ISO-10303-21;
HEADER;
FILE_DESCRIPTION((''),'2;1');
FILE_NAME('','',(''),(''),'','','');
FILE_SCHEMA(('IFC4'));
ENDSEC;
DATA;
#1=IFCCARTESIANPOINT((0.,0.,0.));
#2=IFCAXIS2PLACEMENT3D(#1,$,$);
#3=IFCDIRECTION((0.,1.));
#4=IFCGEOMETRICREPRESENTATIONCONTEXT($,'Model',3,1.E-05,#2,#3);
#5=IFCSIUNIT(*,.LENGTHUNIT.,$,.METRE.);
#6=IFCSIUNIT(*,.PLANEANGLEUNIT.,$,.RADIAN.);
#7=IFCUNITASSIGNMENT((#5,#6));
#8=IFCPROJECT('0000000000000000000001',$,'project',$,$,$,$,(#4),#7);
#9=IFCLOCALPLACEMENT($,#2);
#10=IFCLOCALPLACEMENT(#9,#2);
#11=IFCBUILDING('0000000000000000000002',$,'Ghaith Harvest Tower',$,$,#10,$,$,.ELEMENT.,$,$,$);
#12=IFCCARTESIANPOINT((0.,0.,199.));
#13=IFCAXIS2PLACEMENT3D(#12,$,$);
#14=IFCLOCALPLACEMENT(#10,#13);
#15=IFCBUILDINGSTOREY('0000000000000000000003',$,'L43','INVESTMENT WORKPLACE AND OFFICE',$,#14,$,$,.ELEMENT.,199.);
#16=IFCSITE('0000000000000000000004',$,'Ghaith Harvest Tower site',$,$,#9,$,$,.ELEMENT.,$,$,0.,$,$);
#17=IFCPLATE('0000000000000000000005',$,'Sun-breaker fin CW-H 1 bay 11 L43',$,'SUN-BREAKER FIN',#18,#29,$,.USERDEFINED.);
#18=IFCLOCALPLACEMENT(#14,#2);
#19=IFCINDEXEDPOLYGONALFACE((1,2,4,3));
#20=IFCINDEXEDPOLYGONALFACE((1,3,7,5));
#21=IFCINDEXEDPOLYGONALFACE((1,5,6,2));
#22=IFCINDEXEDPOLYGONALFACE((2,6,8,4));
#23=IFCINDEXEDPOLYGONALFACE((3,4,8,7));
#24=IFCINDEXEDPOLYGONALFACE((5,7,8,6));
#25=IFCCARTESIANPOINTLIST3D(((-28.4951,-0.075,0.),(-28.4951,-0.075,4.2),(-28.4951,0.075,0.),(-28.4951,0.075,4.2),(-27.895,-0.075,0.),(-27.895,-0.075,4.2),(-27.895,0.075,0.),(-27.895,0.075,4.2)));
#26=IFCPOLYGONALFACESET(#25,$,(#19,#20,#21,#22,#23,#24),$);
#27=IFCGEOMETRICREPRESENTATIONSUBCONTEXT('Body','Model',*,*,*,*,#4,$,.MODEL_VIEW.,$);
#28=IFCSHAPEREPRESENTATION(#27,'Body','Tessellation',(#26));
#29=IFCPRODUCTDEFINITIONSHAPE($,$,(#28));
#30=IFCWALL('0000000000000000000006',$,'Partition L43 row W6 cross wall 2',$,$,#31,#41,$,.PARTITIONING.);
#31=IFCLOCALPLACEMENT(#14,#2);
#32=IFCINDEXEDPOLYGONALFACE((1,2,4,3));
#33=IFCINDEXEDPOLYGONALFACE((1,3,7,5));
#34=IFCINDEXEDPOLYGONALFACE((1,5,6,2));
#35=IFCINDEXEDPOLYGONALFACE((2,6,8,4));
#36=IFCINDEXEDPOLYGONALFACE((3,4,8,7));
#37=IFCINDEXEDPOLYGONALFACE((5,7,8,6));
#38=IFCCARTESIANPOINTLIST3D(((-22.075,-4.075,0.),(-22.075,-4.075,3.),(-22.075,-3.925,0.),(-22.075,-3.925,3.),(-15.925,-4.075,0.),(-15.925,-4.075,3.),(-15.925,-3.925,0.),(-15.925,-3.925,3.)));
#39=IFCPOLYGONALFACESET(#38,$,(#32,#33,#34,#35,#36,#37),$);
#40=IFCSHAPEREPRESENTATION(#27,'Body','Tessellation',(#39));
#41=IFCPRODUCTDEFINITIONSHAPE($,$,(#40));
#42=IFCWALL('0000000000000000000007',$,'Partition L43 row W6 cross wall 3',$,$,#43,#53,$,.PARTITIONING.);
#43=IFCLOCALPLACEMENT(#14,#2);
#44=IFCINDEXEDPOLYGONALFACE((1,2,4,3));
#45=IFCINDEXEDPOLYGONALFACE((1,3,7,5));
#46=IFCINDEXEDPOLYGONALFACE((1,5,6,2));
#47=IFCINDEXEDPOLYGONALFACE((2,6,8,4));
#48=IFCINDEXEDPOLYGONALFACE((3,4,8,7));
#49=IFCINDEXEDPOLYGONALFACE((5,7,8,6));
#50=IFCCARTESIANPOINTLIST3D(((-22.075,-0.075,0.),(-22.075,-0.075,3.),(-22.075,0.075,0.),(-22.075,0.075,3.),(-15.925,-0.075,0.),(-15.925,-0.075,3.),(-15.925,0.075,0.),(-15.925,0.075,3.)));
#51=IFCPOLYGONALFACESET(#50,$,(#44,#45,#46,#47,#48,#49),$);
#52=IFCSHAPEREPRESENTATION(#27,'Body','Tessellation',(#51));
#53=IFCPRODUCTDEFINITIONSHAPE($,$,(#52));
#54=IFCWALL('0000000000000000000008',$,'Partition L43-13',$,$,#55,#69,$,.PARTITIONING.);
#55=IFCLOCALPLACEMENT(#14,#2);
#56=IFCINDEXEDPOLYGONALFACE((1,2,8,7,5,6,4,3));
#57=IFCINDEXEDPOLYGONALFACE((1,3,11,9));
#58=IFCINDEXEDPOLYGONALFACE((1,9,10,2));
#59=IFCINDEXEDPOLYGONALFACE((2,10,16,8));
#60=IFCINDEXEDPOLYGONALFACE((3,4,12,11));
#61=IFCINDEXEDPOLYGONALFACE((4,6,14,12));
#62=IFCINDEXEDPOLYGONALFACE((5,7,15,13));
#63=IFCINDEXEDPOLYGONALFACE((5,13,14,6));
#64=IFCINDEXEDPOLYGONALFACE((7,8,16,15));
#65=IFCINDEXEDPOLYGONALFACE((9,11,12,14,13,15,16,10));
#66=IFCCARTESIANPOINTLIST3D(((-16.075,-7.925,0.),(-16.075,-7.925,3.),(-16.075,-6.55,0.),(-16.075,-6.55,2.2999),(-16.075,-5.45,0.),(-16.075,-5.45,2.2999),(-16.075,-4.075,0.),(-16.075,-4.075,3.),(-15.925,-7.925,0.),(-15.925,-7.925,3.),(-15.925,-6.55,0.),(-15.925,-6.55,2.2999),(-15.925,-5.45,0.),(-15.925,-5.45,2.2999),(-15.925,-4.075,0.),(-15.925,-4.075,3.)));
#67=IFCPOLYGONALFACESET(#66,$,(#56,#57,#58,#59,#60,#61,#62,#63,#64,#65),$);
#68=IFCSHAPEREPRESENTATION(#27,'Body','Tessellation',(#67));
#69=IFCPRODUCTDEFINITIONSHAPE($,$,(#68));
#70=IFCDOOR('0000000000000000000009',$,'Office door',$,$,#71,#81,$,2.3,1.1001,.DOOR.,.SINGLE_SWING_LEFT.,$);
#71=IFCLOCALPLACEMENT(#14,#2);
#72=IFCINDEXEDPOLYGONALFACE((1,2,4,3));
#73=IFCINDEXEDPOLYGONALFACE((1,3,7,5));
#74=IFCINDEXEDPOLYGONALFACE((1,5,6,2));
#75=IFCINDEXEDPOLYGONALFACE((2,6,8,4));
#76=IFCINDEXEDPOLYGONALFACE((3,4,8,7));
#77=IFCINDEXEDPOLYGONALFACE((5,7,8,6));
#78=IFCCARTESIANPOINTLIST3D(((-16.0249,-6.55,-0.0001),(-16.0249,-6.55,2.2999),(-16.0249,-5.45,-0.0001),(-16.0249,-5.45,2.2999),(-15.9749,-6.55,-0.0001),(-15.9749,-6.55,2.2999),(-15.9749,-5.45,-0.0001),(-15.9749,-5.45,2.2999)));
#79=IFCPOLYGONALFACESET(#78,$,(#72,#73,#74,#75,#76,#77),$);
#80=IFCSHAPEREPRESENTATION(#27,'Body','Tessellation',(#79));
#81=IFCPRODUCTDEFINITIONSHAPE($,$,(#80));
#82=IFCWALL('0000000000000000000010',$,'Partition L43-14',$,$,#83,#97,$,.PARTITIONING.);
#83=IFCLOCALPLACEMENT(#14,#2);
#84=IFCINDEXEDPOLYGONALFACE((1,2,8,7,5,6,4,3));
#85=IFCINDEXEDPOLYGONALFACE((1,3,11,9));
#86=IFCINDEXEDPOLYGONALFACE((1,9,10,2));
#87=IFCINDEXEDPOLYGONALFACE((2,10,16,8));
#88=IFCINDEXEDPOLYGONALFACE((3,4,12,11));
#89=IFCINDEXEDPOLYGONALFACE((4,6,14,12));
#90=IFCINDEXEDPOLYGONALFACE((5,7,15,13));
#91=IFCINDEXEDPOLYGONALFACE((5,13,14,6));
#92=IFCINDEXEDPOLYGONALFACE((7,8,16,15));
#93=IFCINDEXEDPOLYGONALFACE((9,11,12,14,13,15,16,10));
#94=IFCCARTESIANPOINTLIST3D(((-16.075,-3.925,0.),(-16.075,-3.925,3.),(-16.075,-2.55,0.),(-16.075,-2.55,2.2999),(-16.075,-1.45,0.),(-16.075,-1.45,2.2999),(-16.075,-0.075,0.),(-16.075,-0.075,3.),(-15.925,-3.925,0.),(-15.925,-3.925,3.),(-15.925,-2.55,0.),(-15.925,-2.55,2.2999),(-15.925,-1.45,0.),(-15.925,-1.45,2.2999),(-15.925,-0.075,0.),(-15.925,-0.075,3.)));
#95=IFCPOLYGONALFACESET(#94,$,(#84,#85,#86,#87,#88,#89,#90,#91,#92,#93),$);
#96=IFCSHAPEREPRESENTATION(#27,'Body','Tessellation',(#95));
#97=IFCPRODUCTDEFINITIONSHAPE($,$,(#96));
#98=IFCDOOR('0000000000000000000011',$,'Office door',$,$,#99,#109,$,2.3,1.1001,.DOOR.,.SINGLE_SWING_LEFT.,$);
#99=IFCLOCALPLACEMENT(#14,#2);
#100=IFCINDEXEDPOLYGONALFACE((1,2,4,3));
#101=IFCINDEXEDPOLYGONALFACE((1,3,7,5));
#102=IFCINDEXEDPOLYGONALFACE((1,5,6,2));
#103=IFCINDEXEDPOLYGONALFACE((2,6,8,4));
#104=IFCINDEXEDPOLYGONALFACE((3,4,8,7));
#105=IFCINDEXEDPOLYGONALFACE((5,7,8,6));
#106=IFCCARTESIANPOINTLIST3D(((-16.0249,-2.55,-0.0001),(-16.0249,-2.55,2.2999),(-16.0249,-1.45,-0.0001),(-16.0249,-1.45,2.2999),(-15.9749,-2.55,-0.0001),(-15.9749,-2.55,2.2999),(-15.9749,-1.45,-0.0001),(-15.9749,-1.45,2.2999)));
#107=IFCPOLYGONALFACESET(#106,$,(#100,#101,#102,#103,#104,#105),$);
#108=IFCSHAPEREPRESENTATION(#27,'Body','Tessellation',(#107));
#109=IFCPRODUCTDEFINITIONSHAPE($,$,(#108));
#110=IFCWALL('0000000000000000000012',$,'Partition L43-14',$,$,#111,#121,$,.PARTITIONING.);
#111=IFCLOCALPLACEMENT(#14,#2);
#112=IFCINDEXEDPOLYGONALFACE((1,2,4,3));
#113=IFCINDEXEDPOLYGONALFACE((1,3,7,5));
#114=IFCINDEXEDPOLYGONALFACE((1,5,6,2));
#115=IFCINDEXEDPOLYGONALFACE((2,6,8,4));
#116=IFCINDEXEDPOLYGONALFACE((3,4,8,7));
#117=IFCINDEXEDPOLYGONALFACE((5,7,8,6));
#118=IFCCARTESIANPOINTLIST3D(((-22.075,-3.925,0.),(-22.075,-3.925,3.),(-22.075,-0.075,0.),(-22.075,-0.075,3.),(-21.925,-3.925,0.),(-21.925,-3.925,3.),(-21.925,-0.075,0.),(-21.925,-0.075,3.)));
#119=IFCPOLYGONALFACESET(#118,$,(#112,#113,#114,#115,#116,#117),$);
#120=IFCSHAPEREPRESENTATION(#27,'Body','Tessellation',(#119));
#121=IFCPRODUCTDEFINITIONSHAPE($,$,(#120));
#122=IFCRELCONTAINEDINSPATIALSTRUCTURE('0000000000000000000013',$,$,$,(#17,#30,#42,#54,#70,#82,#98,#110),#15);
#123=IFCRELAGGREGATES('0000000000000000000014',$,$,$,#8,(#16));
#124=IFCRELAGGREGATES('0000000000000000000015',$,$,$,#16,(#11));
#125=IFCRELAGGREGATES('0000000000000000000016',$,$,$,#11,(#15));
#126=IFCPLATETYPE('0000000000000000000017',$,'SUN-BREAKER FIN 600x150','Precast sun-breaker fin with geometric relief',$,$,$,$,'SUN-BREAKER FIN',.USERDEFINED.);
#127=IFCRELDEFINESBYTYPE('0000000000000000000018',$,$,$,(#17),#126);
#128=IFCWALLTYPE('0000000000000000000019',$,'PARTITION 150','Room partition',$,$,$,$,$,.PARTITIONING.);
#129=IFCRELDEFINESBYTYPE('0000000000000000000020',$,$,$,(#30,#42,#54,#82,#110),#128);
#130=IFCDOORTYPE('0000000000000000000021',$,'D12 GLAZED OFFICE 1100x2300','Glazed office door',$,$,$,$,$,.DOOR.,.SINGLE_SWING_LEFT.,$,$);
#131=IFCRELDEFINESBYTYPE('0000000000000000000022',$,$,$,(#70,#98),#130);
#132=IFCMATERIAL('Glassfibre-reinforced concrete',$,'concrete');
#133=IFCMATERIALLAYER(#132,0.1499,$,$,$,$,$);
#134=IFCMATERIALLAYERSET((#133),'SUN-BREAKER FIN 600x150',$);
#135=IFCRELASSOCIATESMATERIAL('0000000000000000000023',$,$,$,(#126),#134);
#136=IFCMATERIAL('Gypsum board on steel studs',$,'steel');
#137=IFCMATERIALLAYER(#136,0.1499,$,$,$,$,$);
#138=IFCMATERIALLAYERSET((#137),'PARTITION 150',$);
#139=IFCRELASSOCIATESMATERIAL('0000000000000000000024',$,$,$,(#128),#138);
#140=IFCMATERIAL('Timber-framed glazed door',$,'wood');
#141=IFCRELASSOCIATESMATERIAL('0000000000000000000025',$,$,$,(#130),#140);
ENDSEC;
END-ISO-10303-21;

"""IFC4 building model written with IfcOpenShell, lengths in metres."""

from ifc_helpers import new_model, si_unit, direction, frame, frame_2d, origin, origin_2d, place, context, subcontext, project, spatial, rectangle, extrude, material, layer, layer_set, type_object, element, fill, save


model = new_model("IFC4")

# Units and contexts
model_context = context("Model", 3, precision=1e-05, world=origin(), true_north=direction((0.0, 1.0)))
body_context = subcontext(model_context, "Body", "Model", "MODEL_VIEW")
ifc_project = project(units=[si_unit("LENGTHUNIT", "METRE"), si_unit("PLANEANGLEUNIT", "RADIAN")], contexts=[model_context])

# Site, building, storey
site_placement = place(None, origin())
site = spatial("IfcSite", under=ifc_project, at=site_placement, Name="Ghaith Harvest Tower site", CompositionType="ELEMENT", RefElevation=0.0)
building_placement = place(site_placement, origin())
building = spatial("IfcBuilding", under=site, at=building_placement, Name="Ghaith Harvest Tower", CompositionType="ELEMENT")
storey_placement = place(building_placement, frame((0.0, 0.0, 199.0)))
storey = spatial("IfcBuildingStorey", under=building, at=storey_placement, Name="L43", Description="INVESTMENT WORKPLACE AND OFFICE", CompositionType="ELEMENT", Elevation=199.0)

# Plate
ifc_material_1 = material(Name="Glassfibre-reinforced concrete", Category="concrete")
ifc_layer_1 = layer(ifc_material_1, 0.1499)
ifc_layer_set_1 = layer_set([ifc_layer_1], Name="SUN-BREAKER FIN 600x150")
plate_type_1 = type_object("IfcPlateType", Name="SUN-BREAKER FIN 600x150", Description="Precast sun-breaker fin with geometric relief", ElementType="SUN-BREAKER FIN", PredefinedType="USERDEFINED", material=ifc_layer_set_1)
plate_1_placement = place(storey_placement, frame((-28.1951, 0.0, 0.0), z_axis=(0.0, 0.0, 1.0), x_axis=(-1.0, 0.0, 0.0)))
element("IfcPlate", 1, at=plate_1_placement, inside=storey, type_object=plate_type_1, Name="Sun-breaker fin CW-H 1 bay 11 L43", ObjectType="SUN-BREAKER FIN", PredefinedType="USERDEFINED", context=body_context, shape_type="SweptSolid", body=[
    extrude(rectangle(XDim=0.6001, YDim=0.1499, at=origin_2d()), origin(), (0.0, 0.0, 1.0), 4.2),
])

# Walls
ifc_material_2 = material(Name="Gypsum board on steel studs", Category="steel")
ifc_layer_2 = layer(ifc_material_2, 0.1499)
ifc_layer_set_2 = layer_set([ifc_layer_2], Name="PARTITION 150")
wall_type = type_object("IfcWallType", Name="PARTITION 150", Description="Room partition", PredefinedType="PARTITIONING", material=ifc_layer_set_2)
for number, where, z_axis, x_axis, name in (
    (2, (-15.925, -4.0, 0.0), (0.0, 0.0, 1.0), (-1.0, 0.0, 0.0), "Partition L43 row W6 cross wall 2"),
    (3, (-15.925, 0.0, 0.0), (0.0, 0.0, 1.0), (-1.0, 0.0, 0.0), "Partition L43 row W6 cross wall 3"),
):
    element("IfcWall", number, at=place(storey_placement, frame(where, z_axis=z_axis, x_axis=x_axis)), inside=storey, type_object=wall_type, Name=name, PredefinedType="PARTITIONING", context=body_context, shape_type="SweptSolid", body=[
        extrude(rectangle(XDim=6.1499, YDim=0.1499, at=frame_2d((3.075, 0.0))), origin(), (0.0, 0.0, 1.0), 3.0),
    ])

# Walls, openings, doors
wall_1_placement = place(storey_placement, frame((-16.0, -7.925, 0.0), z_axis=(0.0, 0.0, 1.0), x_axis=(0.0, 1.0, 0.0)))
wall_1 = element("IfcWall", 4, at=wall_1_placement, inside=storey, type_object=wall_type, Name="Partition L43-13", PredefinedType="PARTITIONING", context=body_context, shape_type="SweptSolid", body=[
    extrude(rectangle(XDim=3.8501, YDim=0.1499, at=frame_2d((1.925, 0.0))), origin(), (0.0, 0.0, 1.0), 3.0),
])
opening_1_placement = place(wall_1_placement, frame((1.375, 0.0, 0.0)))
opening_1 = element("IfcOpeningElement", 5, at=opening_1_placement, cuts=wall_1, PredefinedType="OPENING", context=body_context, shape_type="SweptSolid", body=[
    extrude(rectangle(XDim=1.1001, YDim=2.3, at=frame_2d((0.55, 1.1499))), frame((0.0, 0.085, 0.0), z_axis=(0.0, -1.0, 0.0), x_axis=(1.0, 0.0, 0.0)), (0.0, 0.0, 1.0), 0.1699),
])
ifc_material_3 = material(Name="Timber-framed glazed door", Category="wood")
door_type = type_object("IfcDoorType", Name="D12 GLAZED OFFICE 1100x2300", Description="Glazed office door", OperationType="SINGLE_SWING_LEFT", PredefinedType="DOOR", material=ifc_material_3)
door_1_placement = place(opening_1_placement, origin())
door_1 = element("IfcDoor", 6, at=door_1_placement, inside=storey, type_object=door_type, Name="Office door", OperationType="SINGLE_SWING_LEFT", OverallHeight=2.3, OverallWidth=1.1001, PredefinedType="DOOR", context=body_context, shape_type="SweptSolid", body=[
    extrude(rectangle(XDim=1.1001, YDim=2.3, at=frame_2d((0.55, 1.1499))), frame((0.0, 0.0249, 0.0), z_axis=(0.0, -1.0, 0.0), x_axis=(1.0, 0.0, 0.0)), (0.0, 0.0, 1.0), 0.05),
])
fill(opening_1, door_1)
wall_2_placement = place(storey_placement, frame((-16.0, -3.925, 0.0), z_axis=(0.0, 0.0, 1.0), x_axis=(0.0, 1.0, 0.0)))
wall_2 = element("IfcWall", 7, at=wall_2_placement, inside=storey, type_object=wall_type, Name="Partition L43-14", PredefinedType="PARTITIONING", context=body_context, shape_type="SweptSolid", body=[
    extrude(rectangle(XDim=3.8501, YDim=0.1499, at=frame_2d((1.925, 0.0))), origin(), (0.0, 0.0, 1.0), 3.0),
])
opening_2_placement = place(wall_2_placement, frame((1.375, 0.0, 0.0)))
opening_2 = element("IfcOpeningElement", 8, at=opening_2_placement, cuts=wall_2, PredefinedType="OPENING", context=body_context, shape_type="SweptSolid", body=[
    extrude(rectangle(XDim=1.1001, YDim=2.3, at=frame_2d((0.55, 1.1499))), frame((0.0, 0.085, 0.0), z_axis=(0.0, -1.0, 0.0), x_axis=(1.0, 0.0, 0.0)), (0.0, 0.0, 1.0), 0.1699),
])
door_2_placement = place(opening_2_placement, origin())
door_2 = element("IfcDoor", 9, at=door_2_placement, inside=storey, type_object=door_type, Name="Office door", OperationType="SINGLE_SWING_LEFT", OverallHeight=2.3, OverallWidth=1.1001, PredefinedType="DOOR", context=body_context, shape_type="SweptSolid", body=[
    extrude(rectangle(XDim=1.1001, YDim=2.3, at=frame_2d((0.55, 1.1499))), frame((0.0, 0.0249, 0.0), z_axis=(0.0, -1.0, 0.0), x_axis=(1.0, 0.0, 0.0)), (0.0, 0.0, 1.0), 0.05),
])
fill(opening_2, door_2)

# Wall
wall_3_placement = place(storey_placement, frame((-22.0, -3.925, 0.0), z_axis=(0.0, 0.0, 1.0), x_axis=(0.0, 1.0, 0.0)))
element("IfcWall", 10, at=wall_3_placement, inside=storey, type_object=wall_type, Name="Partition L43-14", PredefinedType="PARTITIONING", context=body_context, shape_type="SweptSolid", body=[
    extrude(rectangle(XDim=3.8501, YDim=0.1499, at=frame_2d((1.925, 0.0))), origin(), (0.0, 0.0, 1.0), 3.0),
])

save(model, "model.ifc")
